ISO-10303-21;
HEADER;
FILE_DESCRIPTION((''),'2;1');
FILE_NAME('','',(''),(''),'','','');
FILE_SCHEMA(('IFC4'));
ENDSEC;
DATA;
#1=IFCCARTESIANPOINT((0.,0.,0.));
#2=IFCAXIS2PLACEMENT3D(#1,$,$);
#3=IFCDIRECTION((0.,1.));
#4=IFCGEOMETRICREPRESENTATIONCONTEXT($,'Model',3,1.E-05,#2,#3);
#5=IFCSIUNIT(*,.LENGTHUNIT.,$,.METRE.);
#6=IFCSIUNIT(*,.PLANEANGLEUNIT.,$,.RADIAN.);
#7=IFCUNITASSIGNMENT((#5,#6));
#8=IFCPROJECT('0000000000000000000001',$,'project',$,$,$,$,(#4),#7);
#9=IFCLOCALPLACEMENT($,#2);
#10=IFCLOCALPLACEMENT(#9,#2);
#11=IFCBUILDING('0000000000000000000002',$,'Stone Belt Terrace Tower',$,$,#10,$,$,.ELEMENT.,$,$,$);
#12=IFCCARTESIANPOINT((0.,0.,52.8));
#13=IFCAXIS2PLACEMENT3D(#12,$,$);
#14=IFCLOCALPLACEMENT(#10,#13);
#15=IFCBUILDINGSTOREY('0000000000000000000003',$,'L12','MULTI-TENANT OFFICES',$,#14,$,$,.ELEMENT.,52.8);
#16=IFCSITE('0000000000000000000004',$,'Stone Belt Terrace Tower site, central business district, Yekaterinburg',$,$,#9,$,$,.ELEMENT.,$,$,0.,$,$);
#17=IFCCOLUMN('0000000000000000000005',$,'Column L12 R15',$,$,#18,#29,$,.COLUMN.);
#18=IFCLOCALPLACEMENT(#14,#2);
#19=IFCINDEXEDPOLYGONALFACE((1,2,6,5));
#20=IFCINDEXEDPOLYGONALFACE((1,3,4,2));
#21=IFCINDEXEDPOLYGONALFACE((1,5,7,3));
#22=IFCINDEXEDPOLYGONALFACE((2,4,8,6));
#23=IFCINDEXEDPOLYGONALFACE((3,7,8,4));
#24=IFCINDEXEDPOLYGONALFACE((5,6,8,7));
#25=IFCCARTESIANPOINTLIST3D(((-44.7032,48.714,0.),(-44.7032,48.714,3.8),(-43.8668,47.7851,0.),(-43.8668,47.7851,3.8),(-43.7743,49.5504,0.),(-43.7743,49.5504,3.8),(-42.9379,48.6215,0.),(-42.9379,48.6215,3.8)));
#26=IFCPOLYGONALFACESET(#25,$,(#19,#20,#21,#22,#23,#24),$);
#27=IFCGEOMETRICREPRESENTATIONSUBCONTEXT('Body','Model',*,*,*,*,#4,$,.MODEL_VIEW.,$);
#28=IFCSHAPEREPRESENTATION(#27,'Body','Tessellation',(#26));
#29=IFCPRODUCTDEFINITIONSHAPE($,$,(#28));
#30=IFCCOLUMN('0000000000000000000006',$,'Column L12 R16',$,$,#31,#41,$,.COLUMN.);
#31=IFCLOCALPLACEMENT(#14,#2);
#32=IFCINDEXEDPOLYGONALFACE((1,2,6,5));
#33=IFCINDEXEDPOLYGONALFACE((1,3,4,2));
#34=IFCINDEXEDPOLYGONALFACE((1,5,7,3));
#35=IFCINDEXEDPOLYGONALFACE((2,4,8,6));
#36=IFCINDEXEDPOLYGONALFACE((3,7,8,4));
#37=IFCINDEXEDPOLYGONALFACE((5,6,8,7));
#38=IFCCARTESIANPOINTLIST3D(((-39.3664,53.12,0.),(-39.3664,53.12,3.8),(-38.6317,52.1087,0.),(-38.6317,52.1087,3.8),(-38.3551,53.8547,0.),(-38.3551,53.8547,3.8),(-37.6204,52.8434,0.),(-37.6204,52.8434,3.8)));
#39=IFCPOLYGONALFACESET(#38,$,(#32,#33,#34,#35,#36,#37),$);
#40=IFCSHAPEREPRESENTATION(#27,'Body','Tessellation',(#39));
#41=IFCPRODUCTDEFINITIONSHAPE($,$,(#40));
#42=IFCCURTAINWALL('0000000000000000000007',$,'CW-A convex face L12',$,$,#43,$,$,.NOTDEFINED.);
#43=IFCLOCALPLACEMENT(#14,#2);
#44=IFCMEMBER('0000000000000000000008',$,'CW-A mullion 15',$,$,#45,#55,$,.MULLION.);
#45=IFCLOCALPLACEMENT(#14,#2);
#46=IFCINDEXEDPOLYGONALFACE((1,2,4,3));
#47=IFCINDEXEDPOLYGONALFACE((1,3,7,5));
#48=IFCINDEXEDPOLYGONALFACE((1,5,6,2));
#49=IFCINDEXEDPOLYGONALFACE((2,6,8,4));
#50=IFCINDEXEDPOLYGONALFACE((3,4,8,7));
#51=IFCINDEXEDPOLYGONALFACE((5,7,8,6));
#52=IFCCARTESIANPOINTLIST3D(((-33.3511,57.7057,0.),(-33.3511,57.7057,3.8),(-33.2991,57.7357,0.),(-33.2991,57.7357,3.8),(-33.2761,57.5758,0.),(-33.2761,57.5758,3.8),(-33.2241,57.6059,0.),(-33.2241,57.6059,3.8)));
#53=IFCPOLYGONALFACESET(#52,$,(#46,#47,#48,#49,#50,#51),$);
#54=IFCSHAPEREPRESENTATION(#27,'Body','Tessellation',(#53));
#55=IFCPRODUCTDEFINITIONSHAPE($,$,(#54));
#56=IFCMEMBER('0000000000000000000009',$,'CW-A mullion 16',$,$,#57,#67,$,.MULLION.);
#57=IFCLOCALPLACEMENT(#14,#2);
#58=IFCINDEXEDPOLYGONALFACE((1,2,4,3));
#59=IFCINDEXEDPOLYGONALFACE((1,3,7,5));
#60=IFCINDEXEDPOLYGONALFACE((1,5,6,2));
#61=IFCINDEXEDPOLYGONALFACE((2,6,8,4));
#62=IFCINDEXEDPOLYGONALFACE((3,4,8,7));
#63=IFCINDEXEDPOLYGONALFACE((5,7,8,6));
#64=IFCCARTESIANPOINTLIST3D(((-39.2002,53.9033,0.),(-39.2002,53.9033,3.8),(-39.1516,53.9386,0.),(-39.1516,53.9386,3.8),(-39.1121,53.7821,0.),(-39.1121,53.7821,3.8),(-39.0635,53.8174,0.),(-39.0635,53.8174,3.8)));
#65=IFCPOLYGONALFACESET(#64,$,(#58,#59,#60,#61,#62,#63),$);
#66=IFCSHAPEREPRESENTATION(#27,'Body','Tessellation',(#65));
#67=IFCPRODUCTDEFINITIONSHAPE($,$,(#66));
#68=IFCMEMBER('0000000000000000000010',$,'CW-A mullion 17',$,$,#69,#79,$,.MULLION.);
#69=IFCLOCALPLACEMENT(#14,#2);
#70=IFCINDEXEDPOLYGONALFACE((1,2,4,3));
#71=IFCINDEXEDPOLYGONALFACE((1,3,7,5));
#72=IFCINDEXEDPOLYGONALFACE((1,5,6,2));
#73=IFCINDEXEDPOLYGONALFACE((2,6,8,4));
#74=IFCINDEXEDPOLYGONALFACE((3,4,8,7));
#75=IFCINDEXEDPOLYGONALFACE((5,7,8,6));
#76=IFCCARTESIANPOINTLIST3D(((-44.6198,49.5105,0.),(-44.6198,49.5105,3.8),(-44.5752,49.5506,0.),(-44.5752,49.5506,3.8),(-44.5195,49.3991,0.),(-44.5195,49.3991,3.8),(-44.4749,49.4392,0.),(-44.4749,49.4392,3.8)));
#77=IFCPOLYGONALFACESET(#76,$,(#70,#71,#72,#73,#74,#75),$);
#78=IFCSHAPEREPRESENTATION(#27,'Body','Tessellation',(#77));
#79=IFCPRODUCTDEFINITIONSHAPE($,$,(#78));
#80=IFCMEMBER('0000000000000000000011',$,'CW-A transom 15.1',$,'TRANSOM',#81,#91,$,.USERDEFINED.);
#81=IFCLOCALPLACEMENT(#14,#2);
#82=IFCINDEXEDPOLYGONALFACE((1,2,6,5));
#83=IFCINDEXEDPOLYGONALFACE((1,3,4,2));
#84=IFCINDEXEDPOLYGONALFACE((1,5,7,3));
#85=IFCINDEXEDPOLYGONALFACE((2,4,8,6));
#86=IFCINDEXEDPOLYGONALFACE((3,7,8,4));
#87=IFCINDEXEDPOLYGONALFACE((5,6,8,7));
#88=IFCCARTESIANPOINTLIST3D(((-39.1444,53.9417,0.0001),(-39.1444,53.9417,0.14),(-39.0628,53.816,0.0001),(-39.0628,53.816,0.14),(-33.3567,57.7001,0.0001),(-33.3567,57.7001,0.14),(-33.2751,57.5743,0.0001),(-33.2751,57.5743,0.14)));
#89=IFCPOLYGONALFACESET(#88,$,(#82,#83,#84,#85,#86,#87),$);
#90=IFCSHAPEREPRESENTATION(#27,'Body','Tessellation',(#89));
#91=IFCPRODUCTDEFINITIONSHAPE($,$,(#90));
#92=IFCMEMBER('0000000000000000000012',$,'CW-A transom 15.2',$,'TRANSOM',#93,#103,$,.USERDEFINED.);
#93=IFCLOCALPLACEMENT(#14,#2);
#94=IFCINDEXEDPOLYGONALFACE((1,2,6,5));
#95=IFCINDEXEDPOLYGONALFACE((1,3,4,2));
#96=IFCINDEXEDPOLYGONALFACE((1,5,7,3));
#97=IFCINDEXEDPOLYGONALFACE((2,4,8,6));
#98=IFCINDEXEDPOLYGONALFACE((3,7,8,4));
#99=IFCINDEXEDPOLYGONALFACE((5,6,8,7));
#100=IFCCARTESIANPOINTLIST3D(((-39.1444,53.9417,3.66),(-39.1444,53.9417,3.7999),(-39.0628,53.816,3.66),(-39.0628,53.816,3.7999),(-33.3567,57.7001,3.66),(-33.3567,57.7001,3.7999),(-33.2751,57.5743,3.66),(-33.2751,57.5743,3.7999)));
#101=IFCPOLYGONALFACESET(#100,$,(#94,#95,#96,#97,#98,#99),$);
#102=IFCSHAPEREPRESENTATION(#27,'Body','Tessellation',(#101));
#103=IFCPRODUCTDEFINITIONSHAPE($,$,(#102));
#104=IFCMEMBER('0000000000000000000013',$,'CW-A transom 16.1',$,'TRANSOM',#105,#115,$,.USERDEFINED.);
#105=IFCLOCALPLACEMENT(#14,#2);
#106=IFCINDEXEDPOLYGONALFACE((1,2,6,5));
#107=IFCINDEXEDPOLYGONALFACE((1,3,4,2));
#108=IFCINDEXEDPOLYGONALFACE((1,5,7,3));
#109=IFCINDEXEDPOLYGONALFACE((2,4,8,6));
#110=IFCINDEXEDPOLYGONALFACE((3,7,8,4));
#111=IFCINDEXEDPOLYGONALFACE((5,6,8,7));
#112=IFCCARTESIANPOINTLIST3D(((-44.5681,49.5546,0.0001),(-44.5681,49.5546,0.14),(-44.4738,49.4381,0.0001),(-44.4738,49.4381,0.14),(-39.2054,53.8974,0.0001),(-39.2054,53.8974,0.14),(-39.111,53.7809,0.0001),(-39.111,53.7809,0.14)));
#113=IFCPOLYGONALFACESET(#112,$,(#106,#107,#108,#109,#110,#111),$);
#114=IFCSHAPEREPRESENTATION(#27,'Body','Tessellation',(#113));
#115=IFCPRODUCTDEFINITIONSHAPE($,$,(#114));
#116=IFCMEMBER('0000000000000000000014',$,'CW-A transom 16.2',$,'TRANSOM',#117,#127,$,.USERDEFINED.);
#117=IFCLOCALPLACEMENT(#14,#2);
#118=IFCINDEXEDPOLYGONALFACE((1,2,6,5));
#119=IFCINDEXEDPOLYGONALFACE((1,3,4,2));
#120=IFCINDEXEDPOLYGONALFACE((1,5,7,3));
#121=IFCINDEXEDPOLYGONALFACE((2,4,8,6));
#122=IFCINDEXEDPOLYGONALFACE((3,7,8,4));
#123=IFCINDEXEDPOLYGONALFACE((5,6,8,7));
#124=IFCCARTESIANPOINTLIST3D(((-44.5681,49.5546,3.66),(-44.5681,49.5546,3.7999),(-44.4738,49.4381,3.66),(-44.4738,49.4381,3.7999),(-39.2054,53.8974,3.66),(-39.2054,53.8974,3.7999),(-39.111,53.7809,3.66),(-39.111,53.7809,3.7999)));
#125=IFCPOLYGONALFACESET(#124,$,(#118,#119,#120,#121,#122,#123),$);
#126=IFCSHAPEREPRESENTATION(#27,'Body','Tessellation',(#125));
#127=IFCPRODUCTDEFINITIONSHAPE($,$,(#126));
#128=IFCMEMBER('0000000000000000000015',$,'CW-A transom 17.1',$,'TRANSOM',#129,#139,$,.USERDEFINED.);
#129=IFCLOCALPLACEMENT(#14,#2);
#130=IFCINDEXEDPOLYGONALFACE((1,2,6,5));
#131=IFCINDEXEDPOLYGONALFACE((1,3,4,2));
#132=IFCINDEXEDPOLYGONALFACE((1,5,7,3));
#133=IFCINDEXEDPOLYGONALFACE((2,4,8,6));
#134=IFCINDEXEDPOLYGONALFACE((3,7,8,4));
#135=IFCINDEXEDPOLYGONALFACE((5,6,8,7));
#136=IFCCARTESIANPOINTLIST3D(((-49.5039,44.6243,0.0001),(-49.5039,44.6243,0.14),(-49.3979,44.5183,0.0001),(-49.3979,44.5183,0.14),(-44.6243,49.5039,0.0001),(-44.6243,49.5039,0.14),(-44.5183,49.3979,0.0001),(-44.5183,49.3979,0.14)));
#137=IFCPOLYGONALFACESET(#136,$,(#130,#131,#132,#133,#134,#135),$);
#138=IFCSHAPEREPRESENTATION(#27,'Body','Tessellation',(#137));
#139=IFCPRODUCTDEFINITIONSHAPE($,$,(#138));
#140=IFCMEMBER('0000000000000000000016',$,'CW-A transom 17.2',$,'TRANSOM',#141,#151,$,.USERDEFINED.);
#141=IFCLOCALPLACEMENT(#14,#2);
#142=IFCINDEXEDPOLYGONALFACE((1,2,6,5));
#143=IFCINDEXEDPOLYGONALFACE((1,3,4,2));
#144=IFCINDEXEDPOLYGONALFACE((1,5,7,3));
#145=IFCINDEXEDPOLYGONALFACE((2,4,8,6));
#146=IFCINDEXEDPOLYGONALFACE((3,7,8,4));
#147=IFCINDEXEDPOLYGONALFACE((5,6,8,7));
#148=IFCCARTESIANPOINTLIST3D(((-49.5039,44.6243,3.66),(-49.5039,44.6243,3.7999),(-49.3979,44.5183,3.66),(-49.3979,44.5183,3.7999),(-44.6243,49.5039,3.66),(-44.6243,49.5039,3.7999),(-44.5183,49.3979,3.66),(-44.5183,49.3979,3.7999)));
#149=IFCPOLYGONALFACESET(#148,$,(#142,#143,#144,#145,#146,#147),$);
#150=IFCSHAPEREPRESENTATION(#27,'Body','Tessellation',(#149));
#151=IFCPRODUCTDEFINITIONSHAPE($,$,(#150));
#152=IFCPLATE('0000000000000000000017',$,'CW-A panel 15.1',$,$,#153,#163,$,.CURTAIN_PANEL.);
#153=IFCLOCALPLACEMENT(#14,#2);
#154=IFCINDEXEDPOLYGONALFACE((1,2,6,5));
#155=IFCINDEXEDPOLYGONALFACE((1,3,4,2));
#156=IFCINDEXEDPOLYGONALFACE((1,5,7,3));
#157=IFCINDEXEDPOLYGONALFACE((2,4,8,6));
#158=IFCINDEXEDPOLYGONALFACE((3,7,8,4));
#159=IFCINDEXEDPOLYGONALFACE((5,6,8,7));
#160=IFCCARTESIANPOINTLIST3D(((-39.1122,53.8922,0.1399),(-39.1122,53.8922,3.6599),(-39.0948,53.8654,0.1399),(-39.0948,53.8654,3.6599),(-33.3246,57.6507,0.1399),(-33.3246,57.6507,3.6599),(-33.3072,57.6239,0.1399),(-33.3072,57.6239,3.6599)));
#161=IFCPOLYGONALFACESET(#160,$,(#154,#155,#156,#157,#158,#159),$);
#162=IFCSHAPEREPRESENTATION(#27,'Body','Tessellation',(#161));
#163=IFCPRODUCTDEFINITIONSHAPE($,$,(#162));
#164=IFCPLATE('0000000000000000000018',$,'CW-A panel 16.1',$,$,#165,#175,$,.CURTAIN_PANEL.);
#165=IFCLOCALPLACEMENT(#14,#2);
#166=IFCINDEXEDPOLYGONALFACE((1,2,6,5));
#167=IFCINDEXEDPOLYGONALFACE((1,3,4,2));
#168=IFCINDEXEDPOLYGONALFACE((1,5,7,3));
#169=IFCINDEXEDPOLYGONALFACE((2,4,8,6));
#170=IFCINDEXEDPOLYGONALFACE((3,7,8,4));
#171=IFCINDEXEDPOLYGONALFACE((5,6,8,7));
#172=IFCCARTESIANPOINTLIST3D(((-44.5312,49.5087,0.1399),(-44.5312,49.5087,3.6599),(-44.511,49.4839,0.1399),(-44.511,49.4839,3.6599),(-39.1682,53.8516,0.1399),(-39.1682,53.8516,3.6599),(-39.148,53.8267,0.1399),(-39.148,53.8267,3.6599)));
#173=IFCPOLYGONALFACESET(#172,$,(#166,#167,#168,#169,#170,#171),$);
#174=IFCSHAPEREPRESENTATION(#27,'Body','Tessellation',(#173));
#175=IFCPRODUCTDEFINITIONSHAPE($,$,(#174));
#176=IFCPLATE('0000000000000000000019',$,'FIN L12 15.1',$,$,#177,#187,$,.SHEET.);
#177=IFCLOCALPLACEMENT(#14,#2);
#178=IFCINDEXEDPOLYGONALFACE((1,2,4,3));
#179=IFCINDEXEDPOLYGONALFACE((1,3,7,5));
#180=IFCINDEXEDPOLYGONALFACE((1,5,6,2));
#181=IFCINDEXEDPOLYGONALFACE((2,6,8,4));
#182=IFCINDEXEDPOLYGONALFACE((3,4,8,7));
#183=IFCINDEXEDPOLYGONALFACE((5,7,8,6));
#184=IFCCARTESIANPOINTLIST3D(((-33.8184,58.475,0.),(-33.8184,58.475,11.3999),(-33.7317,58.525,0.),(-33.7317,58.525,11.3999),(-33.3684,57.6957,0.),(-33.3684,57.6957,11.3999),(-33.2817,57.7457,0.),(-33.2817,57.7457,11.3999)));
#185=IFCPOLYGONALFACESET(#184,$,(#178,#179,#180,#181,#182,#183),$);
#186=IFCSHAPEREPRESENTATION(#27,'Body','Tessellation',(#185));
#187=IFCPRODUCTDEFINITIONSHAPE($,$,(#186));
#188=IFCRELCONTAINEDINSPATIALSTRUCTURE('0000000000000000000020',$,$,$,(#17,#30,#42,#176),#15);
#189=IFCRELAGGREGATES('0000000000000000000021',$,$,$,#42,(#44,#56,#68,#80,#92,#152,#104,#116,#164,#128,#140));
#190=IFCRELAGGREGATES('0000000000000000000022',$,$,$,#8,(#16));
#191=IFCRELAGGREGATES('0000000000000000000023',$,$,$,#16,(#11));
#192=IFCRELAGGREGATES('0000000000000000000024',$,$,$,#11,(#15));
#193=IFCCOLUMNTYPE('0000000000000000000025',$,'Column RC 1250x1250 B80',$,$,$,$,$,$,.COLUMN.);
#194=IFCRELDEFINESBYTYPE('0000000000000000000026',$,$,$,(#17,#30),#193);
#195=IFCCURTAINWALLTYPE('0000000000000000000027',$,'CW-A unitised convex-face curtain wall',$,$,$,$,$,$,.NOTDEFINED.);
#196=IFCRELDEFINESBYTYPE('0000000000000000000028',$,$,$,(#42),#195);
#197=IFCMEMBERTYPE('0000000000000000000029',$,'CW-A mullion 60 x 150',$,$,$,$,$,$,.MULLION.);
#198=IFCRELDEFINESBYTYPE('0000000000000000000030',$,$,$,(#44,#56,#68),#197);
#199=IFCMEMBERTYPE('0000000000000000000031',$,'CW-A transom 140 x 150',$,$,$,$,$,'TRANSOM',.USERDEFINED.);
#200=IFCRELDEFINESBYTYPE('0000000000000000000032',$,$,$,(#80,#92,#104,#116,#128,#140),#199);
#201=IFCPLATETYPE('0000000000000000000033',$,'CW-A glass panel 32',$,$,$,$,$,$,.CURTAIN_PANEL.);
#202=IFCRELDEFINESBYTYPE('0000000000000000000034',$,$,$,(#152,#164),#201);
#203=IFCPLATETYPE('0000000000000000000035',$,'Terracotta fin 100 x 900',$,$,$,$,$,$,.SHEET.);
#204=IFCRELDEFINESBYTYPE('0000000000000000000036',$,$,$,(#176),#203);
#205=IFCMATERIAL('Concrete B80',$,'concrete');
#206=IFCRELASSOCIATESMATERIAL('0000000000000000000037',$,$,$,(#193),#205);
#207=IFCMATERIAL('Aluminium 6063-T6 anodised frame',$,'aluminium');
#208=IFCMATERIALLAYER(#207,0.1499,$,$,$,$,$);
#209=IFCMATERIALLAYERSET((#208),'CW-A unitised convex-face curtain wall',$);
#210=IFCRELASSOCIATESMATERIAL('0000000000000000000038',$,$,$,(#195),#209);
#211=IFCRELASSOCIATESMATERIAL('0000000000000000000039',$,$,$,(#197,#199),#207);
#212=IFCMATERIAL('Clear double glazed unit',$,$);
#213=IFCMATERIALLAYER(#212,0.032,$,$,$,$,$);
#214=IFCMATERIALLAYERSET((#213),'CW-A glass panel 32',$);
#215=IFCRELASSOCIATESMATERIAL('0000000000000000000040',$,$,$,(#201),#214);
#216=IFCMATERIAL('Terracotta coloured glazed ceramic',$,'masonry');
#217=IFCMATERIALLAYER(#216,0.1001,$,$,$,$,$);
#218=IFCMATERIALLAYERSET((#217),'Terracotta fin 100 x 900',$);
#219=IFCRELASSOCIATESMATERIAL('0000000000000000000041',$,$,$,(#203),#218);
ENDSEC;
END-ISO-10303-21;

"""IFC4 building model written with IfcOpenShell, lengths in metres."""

from ifc_helpers import new_model, si_unit, direction, frame, origin, origin_2d, place, context, subcontext, project, spatial, rectangle, extrude, material, layer, layer_set, material_profile, profile_set, type_object, element, aggregate, save


model = new_model("IFC4")

# Units and contexts
model_context = context("Model", 3, precision=1e-05, world=origin(), true_north=direction((0.0, 1.0)))
body_context = subcontext(model_context, "Body", "Model", "MODEL_VIEW")
ifc_project = project(units=[si_unit("LENGTHUNIT", "METRE"), si_unit("PLANEANGLEUNIT", "RADIAN")], contexts=[model_context])

# Site, building, storey
site_placement = place(None, origin())
site = spatial("IfcSite", under=ifc_project, at=site_placement, Name="Stone Belt Terrace Tower site, central business district, Yekaterinburg", CompositionType="ELEMENT", RefElevation=0.0)
building_placement = place(site_placement, origin())
building = spatial("IfcBuilding", under=site, at=building_placement, Name="Stone Belt Terrace Tower", CompositionType="ELEMENT")
storey_placement = place(building_placement, frame((0.0, 0.0, 52.8)))
storey = spatial("IfcBuildingStorey", under=building, at=storey_placement, Name="L12", Description="MULTI-TENANT OFFICES", CompositionType="ELEMENT", Elevation=52.8)

# Columns
ifc_material_1 = material(Name="Concrete B80", Category="concrete")
ifc_material_profile_1 = material_profile(ifc_material_1, rectangle(XDim=1.25, YDim=1.25, at=origin_2d()), Name="RC 1250x1250")
ifc_profile_set_1 = profile_set([ifc_material_profile_1], Name="Concrete B80")
column_type = type_object("IfcColumnType", Name="Column RC 1250x1250 B80", PredefinedType="COLUMN", material=ifc_profile_set_1)
for number, where, z_axis, x_axis, name in (
    (1, (-43.8206, 48.6677, 0.0), (0.0, 0.0, 1.0), (0.743145, 0.669131, 0.0), "Column L12 R15"),
    (2, (-38.4934, 52.9817, 0.0), (0.0, 0.0, 1.0), (0.809017, 0.587785, 0.0), "Column L12 R16"),
):
    element("IfcColumn", number, at=place(storey_placement, frame(where, z_axis=z_axis, x_axis=x_axis)), inside=storey, type_object=column_type, Name=name, PredefinedType="COLUMN", context=body_context, shape_type="SweptSolid", body=[
        extrude(rectangle(XDim=1.25, YDim=1.25, at=origin_2d()), origin(), (0.0, 0.0, 1.0), 3.8),
    ])

# Curtain wall, members, plates
ifc_material_2 = material(Name="Aluminium 6063-T6 anodised frame", Category="aluminium")
ifc_layer_1 = layer(ifc_material_2, 0.1499)
ifc_layer_set_1 = layer_set([ifc_layer_1], Name="CW-A unitised convex-face curtain wall")
curtain_wall_type = type_object("IfcCurtainWallType", Name="CW-A unitised convex-face curtain wall", PredefinedType="NOTDEFINED", material=ifc_layer_set_1)
curtain_wall_placement = place(storey_placement, origin())
curtain_wall = element("IfcCurtainWall", 3, at=curtain_wall_placement, inside=storey, type_object=curtain_wall_type, Name="CW-A convex face L12", PredefinedType="NOTDEFINED")
ifc_material_profile_2 = material_profile(ifc_material_2, rectangle(XDim=0.1499, YDim=0.0601, at=origin_2d()), Name="Aluminium 6063-T6 60x150")
ifc_profile_set_2 = profile_set([ifc_material_profile_2], Name="Aluminium 6063-T6 anodised frame")
member_type_1 = type_object("IfcMemberType", Name="CW-A mullion 60 x 150", PredefinedType="MULLION", material=ifc_profile_set_2)
member_1_placement = place(storey_placement, frame((-33.2876, 57.6558, 0.0), z_axis=(0.0, 0.0, 1.0), x_axis=(0.5, -0.866025, 0.0)))
member_1 = element("IfcMember", 4, at=member_1_placement, type_object=member_type_1, Name="CW-A mullion 15", PredefinedType="MULLION", context=body_context, shape_type="SweptSolid", body=[
    extrude(rectangle(XDim=0.1499, YDim=0.0601, at=origin_2d()), origin(), (0.0, 0.0, 1.0), 3.8),
])
member_2_placement = place(storey_placement, frame((-39.1318, 53.8604, 0.0), z_axis=(0.0, 0.0, 1.0), x_axis=(0.587785, -0.809017, 0.0)))
member_2 = element("IfcMember", 5, at=member_2_placement, type_object=member_type_1, Name="CW-A mullion 16", PredefinedType="MULLION", context=body_context, shape_type="SweptSolid", body=[
    extrude(rectangle(XDim=0.1499, YDim=0.0601, at=origin_2d()), origin(), (0.0, 0.0, 1.0), 3.8),
])
member_3_placement = place(storey_placement, frame((-44.5474, 49.4749, 0.0), z_axis=(0.0, 0.0, 1.0), x_axis=(0.669131, -0.743145, 0.0)))
member_3 = element("IfcMember", 6, at=member_3_placement, type_object=member_type_1, Name="CW-A mullion 17", PredefinedType="MULLION", context=body_context, shape_type="SweptSolid", body=[
    extrude(rectangle(XDim=0.1499, YDim=0.0601, at=origin_2d()), origin(), (0.0, 0.0, 1.0), 3.8),
])
ifc_material_profile_3 = material_profile(ifc_material_2, rectangle(XDim=0.1499, YDim=0.1399, at=origin_2d()), Name="Aluminium 6063-T6 150x140")
ifc_profile_set_3 = profile_set([ifc_material_profile_3], Name="Aluminium 6063-T6 anodised frame")
member_type_2 = type_object("IfcMemberType", Name="CW-A transom 140 x 150", ElementType="TRANSOM", PredefinedType="USERDEFINED", material=ifc_profile_set_3)
member_4_placement = place(storey_placement, frame((-33.3159, 57.6372, 0.0701), z_axis=(-0.838684, -0.544618, 0.0), x_axis=(0.544618, -0.838684, 0.0)))
member_4 = element("IfcMember", 7, at=member_4_placement, type_object=member_type_2, Name="CW-A transom 15.1", ObjectType="TRANSOM", PredefinedType="USERDEFINED", context=body_context, shape_type="SweptSolid", body=[
    extrude(rectangle(XDim=0.1499, YDim=0.1399, at=origin_2d()), origin(), (0.0, 0.0, 1.0), 6.9009),
])
member_5_placement = place(storey_placement, frame((-33.3159, 57.6372, 3.73), z_axis=(-0.838684, -0.544618, 0.0), x_axis=(0.544618, -0.838684, 0.0)))
member_5 = element("IfcMember", 8, at=member_5_placement, type_object=member_type_2, Name="CW-A transom 15.2", ObjectType="TRANSOM", PredefinedType="USERDEFINED", context=body_context, shape_type="SweptSolid", body=[
    extrude(rectangle(XDim=0.1499, YDim=0.1399, at=origin_2d()), origin(), (0.0, 0.0, 1.0), 6.9009),
])
member_6_placement = place(storey_placement, frame((-39.1582, 53.8391, 0.0701), z_axis=(-0.777141, -0.629326, 0.0), x_axis=(0.629326, -0.777141, 0.0)))
member_6 = element("IfcMember", 9, at=member_6_placement, type_object=member_type_2, Name="CW-A transom 16.1", ObjectType="TRANSOM", PredefinedType="USERDEFINED", context=body_context, shape_type="SweptSolid", body=[
    extrude(rectangle(XDim=0.1499, YDim=0.1399, at=origin_2d()), origin(), (0.0, 0.0, 1.0), 6.9006),
])
member_7_placement = place(storey_placement, frame((-39.1582, 53.8391, 3.73), z_axis=(-0.777141, -0.629326, 0.0), x_axis=(0.629326, -0.777141, 0.0)))
member_7 = element("IfcMember", 10, at=member_7_placement, type_object=member_type_2, Name="CW-A transom 16.2", ObjectType="TRANSOM", PredefinedType="USERDEFINED", context=body_context, shape_type="SweptSolid", body=[
    extrude(rectangle(XDim=0.1499, YDim=0.1399, at=origin_2d()), origin(), (0.0, 0.0, 1.0), 6.9006),
])
member_8_placement = place(storey_placement, frame((-44.5713, 49.4509, 0.0701), z_axis=(-0.707107, -0.707107, 0.0), x_axis=(0.707107, -0.707107, 0.0)))
member_8 = element("IfcMember", 11, at=member_8_placement, type_object=member_type_2, Name="CW-A transom 17.1", ObjectType="TRANSOM", PredefinedType="USERDEFINED", context=body_context, shape_type="SweptSolid", body=[
    extrude(rectangle(XDim=0.1499, YDim=0.1399, at=origin_2d()), origin(), (0.0, 0.0, 1.0), 6.9009),
])
member_9_placement = place(storey_placement, frame((-44.5713, 49.4509, 3.73), z_axis=(-0.707107, -0.707107, 0.0), x_axis=(0.707107, -0.707107, 0.0)))
member_9 = element("IfcMember", 12, at=member_9_placement, type_object=member_type_2, Name="CW-A transom 17.2", ObjectType="TRANSOM", PredefinedType="USERDEFINED", context=body_context, shape_type="SweptSolid", body=[
    extrude(rectangle(XDim=0.1499, YDim=0.1399, at=origin_2d()), origin(), (0.0, 0.0, 1.0), 6.9009),
])
ifc_material_3 = material(Name="Clear double glazed unit")
ifc_layer_2 = layer(ifc_material_3, 0.032)
ifc_layer_set_2 = layer_set([ifc_layer_2], Name="CW-A glass panel 32")
plate_type_1 = type_object("IfcPlateType", Name="CW-A glass panel 32", PredefinedType="CURTAIN_PANEL", material=ifc_layer_set_2)
plate_1_placement = place(storey_placement, frame((-36.2097, 55.7581, 0.1399), z_axis=(0.0, 0.0, 1.0), x_axis=(-0.838671, -0.544639, 0.0)))
plate_1 = element("IfcPlate", 13, at=plate_1_placement, type_object=plate_type_1, Name="CW-A panel 15.1", PredefinedType="CURTAIN_PANEL", context=body_context, shape_type="SweptSolid", body=[
    extrude(rectangle(XDim=6.9009, YDim=0.032, at=origin_2d()), origin(), (0.0, 0.0, 1.0), 3.52),
])
plate_2_placement = place(storey_placement, frame((-41.8396, 51.6677, 0.1399), z_axis=(0.0, 0.0, 1.0), x_axis=(-0.777146, -0.62932, 0.0)))
plate_2 = element("IfcPlate", 14, at=plate_2_placement, type_object=plate_type_1, Name="CW-A panel 16.1", PredefinedType="CURTAIN_PANEL", context=body_context, shape_type="SweptSolid", body=[
    extrude(rectangle(XDim=6.9009, YDim=0.032, at=origin_2d()), origin(), (0.0, 0.0, 1.0), 3.52),
])
aggregate(curtain_wall, [member_1, member_2, member_3, member_4, member_5, plate_1, member_6, member_7, plate_2, member_8, member_9])

# Plate
ifc_material_4 = material(Name="Terracotta coloured glazed ceramic", Category="masonry")
ifc_layer_3 = layer(ifc_material_4, 0.1001)
ifc_layer_set_3 = layer_set([ifc_layer_3], Name="Terracotta fin 100 x 900")
plate_type_2 = type_object("IfcPlateType", Name="Terracotta fin 100 x 900", PredefinedType="SHEET", material=ifc_layer_set_3)
for number, where, z_axis, x_axis, name in (
    (15, (-33.55, 58.1104, 0.0), (0.0, 0.0, 1.0), (-0.5, 0.866025, 0.0), "FIN L12 15.1"),
):
    element("IfcPlate", number, at=place(storey_placement, frame(where, z_axis=z_axis, x_axis=x_axis)), inside=storey, type_object=plate_type_2, Name=name, PredefinedType="SHEET", context=body_context, shape_type="SweptSolid", body=[
        extrude(rectangle(XDim=0.8999, YDim=0.1001, at=origin_2d()), origin(), (0.0, 0.0, 1.0), 11.3999),
    ])

save(model, "model.ifc")
